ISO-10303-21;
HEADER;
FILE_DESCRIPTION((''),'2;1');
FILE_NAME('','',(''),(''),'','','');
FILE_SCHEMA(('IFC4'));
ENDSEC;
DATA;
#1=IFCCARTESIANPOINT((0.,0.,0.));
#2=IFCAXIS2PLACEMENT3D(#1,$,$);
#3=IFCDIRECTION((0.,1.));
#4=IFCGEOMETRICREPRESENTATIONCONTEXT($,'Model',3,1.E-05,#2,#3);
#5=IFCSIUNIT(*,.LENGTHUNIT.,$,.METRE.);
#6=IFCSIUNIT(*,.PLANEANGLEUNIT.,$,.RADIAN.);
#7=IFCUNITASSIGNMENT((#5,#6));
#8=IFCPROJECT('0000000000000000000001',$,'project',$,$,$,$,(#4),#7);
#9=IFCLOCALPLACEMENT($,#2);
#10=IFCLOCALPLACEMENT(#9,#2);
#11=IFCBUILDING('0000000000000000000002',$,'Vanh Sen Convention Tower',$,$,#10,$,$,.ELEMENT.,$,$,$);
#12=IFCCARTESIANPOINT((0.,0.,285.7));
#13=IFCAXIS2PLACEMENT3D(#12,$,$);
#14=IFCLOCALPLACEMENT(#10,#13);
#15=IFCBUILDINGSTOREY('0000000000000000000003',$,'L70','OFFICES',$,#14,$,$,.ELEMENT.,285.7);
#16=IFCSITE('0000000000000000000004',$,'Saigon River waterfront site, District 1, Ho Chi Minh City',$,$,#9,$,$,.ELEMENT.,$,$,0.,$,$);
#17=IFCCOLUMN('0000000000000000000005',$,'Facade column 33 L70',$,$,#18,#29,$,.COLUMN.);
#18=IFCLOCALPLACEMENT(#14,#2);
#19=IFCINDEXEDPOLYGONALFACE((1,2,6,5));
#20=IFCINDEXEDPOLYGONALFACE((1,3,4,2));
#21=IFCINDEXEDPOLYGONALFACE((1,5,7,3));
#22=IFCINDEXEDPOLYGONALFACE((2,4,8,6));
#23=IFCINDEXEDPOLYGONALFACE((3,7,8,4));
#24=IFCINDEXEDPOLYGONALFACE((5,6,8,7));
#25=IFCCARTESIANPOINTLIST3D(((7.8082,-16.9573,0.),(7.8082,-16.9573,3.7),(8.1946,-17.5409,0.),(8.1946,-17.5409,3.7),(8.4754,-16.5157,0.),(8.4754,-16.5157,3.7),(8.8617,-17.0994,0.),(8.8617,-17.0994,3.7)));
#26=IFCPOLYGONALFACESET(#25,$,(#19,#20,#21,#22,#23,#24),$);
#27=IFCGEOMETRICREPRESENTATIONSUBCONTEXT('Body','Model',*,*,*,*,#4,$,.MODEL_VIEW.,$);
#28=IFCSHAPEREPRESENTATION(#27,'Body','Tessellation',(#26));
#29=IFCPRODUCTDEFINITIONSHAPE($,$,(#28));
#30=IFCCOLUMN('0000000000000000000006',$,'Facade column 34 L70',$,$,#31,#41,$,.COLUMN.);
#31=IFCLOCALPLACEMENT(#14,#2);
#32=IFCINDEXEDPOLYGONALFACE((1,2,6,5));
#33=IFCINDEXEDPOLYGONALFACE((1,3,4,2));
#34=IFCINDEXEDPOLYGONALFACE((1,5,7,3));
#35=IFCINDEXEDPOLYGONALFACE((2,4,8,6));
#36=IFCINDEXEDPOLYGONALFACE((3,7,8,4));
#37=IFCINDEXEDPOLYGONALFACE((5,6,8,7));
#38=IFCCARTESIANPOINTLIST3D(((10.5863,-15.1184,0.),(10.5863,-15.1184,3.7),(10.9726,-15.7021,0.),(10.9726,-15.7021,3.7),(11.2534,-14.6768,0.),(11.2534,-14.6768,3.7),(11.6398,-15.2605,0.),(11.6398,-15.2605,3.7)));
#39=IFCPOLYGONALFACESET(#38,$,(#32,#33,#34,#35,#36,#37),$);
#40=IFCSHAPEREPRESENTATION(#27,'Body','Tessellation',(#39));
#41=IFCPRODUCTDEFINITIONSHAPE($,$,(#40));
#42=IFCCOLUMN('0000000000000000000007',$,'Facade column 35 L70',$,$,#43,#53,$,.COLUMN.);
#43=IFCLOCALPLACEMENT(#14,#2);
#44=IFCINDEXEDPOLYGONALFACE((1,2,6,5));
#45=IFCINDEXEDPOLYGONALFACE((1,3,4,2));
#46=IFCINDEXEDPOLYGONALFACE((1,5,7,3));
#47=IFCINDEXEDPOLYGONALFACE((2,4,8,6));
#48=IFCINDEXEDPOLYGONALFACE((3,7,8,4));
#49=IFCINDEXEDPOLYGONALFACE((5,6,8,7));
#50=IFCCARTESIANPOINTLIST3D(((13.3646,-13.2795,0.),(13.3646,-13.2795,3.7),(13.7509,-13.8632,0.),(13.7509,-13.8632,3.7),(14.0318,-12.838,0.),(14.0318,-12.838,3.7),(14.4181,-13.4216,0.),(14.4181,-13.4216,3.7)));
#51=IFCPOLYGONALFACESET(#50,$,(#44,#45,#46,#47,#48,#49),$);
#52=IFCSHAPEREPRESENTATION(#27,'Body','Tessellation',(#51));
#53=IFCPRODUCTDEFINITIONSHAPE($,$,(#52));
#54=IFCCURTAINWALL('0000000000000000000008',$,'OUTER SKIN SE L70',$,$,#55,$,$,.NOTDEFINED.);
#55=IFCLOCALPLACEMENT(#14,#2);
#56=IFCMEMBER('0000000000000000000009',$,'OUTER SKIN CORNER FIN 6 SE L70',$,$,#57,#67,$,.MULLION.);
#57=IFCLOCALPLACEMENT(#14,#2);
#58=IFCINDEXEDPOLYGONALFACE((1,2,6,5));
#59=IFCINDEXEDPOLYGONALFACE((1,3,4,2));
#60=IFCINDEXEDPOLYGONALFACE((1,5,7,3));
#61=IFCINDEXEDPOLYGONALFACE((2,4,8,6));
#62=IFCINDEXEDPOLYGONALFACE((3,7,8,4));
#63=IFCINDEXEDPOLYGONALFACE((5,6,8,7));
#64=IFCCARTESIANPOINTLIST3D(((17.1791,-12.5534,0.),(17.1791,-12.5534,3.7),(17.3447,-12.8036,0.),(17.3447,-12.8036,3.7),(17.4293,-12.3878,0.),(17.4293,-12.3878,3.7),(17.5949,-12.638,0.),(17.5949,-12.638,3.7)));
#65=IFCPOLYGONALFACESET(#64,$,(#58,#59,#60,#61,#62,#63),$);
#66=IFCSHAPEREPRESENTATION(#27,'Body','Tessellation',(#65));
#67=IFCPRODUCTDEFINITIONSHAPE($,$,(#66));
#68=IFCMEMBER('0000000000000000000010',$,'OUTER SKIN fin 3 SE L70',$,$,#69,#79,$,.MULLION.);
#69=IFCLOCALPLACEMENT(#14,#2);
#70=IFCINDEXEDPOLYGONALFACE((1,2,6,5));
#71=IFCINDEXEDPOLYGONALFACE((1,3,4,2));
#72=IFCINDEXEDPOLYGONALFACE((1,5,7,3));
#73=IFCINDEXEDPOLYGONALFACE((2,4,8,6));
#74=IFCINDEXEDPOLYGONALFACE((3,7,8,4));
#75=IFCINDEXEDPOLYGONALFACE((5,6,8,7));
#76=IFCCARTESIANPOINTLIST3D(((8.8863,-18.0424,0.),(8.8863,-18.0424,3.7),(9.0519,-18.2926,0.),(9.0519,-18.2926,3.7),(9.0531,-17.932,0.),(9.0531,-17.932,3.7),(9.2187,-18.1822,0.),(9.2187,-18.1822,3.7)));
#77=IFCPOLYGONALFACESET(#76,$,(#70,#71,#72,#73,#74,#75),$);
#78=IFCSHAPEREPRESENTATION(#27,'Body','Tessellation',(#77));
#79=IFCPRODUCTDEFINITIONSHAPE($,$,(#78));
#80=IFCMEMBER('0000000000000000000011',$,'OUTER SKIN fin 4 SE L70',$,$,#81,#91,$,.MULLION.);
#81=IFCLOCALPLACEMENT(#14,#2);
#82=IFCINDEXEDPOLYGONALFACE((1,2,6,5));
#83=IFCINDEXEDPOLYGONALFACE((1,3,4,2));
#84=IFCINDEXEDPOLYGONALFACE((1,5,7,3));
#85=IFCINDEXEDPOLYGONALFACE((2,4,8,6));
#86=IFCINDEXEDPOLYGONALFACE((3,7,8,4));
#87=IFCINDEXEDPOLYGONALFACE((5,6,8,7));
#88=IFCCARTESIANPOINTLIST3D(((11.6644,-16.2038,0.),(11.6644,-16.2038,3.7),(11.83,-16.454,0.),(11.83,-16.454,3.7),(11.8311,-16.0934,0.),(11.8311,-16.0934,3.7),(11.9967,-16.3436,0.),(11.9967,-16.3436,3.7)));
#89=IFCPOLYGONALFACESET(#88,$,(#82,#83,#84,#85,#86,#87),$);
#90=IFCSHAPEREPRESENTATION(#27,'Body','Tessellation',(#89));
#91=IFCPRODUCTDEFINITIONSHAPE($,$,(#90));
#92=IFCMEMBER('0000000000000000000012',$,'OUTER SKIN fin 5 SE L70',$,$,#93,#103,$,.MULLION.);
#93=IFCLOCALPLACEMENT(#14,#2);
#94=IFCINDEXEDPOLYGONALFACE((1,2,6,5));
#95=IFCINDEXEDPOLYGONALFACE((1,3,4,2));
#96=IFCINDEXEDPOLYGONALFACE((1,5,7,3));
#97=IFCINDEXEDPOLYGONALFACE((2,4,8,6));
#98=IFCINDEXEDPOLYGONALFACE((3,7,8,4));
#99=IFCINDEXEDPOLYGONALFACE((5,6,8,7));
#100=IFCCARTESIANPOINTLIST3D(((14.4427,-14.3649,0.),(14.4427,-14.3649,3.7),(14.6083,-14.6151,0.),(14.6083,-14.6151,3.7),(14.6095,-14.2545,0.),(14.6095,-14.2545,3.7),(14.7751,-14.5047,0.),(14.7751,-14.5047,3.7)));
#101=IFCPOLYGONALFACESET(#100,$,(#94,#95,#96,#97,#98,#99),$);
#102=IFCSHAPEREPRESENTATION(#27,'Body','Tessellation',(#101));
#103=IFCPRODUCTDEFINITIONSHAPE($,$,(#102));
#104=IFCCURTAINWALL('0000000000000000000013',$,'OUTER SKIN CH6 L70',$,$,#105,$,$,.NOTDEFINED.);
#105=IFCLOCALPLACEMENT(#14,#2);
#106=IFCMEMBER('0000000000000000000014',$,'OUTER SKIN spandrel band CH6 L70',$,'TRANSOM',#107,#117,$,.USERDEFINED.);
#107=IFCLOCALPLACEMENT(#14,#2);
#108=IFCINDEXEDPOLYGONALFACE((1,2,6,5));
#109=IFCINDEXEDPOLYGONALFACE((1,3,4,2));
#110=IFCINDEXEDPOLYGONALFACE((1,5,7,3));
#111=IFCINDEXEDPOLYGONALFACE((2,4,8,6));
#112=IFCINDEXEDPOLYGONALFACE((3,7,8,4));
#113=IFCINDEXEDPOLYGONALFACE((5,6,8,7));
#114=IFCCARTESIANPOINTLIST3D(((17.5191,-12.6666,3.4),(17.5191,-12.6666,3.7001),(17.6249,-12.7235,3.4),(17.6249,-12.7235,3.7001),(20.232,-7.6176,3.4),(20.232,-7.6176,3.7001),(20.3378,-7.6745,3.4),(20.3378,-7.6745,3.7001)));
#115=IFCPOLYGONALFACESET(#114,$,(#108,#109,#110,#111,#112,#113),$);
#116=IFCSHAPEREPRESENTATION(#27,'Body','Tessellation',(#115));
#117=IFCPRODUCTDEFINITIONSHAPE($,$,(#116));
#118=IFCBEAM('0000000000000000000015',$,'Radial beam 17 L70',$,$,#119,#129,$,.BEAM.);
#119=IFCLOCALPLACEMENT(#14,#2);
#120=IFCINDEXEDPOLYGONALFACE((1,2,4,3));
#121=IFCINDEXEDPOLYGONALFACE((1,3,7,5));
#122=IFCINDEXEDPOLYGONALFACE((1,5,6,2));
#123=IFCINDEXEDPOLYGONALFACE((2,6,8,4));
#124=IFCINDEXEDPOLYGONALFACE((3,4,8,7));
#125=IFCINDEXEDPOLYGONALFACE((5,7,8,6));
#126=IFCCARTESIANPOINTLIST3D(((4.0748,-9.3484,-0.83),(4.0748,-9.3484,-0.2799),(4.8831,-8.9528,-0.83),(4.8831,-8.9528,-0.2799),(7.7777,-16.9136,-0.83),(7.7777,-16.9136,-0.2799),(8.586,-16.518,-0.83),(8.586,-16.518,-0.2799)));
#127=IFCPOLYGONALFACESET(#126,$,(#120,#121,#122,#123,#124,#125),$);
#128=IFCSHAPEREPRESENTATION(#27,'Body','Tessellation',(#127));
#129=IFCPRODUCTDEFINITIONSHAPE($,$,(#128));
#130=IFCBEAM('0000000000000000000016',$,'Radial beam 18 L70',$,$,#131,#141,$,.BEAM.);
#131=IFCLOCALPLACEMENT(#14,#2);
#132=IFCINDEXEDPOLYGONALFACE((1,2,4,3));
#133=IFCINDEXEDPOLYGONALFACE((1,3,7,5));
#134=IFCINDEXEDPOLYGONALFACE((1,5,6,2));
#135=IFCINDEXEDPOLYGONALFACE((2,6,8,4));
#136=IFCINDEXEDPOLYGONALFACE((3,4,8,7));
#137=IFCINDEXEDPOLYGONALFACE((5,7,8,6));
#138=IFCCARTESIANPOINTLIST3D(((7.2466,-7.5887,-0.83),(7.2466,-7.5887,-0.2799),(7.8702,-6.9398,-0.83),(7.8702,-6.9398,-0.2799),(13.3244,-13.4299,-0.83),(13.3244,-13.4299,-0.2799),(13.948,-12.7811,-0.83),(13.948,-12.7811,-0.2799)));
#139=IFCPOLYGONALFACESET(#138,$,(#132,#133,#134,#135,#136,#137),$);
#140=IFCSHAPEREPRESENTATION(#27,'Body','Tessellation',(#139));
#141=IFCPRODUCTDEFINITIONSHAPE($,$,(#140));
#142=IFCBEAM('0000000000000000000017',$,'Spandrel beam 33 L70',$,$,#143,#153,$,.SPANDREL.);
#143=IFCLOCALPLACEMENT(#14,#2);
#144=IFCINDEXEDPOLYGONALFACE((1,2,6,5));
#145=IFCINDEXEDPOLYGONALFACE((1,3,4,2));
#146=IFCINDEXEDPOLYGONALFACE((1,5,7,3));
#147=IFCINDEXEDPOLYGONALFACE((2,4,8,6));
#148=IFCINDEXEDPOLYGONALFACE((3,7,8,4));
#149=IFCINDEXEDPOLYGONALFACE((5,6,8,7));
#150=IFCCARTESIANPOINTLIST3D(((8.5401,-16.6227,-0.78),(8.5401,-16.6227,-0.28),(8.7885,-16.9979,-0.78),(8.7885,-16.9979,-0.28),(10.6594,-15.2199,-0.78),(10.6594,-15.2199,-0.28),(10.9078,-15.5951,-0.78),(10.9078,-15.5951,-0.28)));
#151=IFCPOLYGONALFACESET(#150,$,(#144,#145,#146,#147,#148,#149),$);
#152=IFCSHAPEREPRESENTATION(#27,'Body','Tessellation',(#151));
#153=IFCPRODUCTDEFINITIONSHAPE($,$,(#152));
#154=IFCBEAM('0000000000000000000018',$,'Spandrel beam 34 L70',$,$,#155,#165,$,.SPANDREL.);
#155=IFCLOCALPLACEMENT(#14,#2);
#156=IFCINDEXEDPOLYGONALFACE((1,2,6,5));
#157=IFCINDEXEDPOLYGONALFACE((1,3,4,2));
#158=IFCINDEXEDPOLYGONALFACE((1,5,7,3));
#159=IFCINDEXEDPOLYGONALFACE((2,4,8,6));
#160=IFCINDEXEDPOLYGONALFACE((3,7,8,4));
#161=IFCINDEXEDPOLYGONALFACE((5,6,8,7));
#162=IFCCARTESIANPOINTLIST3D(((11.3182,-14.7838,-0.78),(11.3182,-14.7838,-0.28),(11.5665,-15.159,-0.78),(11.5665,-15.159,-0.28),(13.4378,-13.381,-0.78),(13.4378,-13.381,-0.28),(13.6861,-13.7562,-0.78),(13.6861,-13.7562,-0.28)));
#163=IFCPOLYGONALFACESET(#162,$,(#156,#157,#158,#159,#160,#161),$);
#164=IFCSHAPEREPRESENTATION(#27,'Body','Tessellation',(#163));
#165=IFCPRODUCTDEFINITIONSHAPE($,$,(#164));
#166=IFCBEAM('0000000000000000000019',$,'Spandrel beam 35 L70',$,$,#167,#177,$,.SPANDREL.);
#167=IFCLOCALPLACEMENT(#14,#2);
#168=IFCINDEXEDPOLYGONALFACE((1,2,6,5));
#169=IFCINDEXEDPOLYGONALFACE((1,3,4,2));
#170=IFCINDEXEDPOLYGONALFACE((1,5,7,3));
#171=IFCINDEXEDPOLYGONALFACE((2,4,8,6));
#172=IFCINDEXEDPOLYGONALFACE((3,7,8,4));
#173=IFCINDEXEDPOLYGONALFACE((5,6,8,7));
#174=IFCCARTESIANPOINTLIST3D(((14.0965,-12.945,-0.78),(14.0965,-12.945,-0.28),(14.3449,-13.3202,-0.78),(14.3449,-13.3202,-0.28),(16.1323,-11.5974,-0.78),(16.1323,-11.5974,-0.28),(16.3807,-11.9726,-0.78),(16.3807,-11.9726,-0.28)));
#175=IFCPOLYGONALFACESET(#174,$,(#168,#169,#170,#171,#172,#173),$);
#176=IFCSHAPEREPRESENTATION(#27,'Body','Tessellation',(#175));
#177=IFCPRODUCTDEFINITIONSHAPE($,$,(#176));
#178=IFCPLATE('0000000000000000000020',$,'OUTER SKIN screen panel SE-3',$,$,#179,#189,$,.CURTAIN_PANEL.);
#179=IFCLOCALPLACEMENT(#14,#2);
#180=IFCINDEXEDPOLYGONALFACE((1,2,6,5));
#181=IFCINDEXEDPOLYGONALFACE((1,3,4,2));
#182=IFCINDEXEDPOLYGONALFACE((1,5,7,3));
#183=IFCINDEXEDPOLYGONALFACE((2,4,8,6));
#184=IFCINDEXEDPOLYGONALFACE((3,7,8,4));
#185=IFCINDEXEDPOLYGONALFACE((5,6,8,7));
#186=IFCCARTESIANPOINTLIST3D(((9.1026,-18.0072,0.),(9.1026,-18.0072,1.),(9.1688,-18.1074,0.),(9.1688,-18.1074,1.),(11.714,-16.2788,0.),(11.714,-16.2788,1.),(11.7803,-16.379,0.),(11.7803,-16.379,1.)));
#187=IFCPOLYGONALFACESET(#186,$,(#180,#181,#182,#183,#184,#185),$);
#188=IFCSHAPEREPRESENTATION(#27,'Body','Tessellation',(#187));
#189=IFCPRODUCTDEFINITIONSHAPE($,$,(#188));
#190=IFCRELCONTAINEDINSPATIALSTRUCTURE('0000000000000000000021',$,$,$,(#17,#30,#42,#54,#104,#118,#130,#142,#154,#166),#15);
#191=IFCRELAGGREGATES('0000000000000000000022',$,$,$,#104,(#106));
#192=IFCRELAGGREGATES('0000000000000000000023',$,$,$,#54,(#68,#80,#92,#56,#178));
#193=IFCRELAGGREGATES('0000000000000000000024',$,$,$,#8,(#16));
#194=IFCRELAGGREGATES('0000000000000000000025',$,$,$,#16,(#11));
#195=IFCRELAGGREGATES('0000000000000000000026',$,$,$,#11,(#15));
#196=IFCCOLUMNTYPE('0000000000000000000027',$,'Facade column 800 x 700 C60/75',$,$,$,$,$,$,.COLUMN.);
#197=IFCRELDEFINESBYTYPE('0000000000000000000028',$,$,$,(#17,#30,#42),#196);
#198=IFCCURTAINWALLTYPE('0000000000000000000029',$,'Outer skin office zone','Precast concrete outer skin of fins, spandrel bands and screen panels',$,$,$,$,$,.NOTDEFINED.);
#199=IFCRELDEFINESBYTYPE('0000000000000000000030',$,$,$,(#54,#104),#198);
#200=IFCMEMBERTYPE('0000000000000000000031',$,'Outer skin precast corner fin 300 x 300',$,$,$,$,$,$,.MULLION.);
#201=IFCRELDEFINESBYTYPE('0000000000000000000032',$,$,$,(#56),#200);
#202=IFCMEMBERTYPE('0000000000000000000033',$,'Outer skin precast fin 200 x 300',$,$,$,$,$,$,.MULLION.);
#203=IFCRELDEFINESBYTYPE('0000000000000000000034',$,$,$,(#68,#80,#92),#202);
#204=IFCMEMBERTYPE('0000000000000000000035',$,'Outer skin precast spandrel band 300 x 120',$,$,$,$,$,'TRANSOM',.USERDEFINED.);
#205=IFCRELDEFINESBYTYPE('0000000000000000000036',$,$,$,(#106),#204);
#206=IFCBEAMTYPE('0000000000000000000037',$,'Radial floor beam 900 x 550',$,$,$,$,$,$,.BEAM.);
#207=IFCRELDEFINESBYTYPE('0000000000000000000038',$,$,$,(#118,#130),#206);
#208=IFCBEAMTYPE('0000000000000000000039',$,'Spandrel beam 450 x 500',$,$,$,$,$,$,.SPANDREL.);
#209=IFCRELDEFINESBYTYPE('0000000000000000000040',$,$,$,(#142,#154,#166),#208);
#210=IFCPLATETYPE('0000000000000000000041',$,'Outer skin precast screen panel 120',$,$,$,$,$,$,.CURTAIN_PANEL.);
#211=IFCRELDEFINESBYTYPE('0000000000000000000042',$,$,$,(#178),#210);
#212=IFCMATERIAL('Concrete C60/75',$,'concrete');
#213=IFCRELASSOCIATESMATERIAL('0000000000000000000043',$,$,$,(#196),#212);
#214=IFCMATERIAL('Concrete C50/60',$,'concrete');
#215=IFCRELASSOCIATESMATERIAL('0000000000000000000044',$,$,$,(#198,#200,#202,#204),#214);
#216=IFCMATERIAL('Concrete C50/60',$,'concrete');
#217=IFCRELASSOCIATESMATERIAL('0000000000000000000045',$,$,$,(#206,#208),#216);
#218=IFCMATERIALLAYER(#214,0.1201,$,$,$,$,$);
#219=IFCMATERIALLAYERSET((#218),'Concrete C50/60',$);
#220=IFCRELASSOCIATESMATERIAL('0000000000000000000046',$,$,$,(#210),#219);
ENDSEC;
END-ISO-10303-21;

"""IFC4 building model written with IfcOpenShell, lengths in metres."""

from ifc_helpers import new_model, si_unit, direction, frame, origin, origin_2d, place, context, subcontext, project, spatial, rectangle, extrude, material, layer, layer_set, material_profile, profile_set, type_object, element, aggregate, save


model = new_model("IFC4")

# Units and contexts
model_context = context("Model", 3, precision=1e-05, world=origin(), true_north=direction((0.0, 1.0)))
body_context = subcontext(model_context, "Body", "Model", "MODEL_VIEW")
ifc_project = project(units=[si_unit("LENGTHUNIT", "METRE"), si_unit("PLANEANGLEUNIT", "RADIAN")], contexts=[model_context])

# Site, building, storey
site_placement = place(None, origin())
site = spatial("IfcSite", under=ifc_project, at=site_placement, Name="Saigon River waterfront site, District 1, Ho Chi Minh City", CompositionType="ELEMENT", RefElevation=0.0)
building_placement = place(site_placement, origin())
building = spatial("IfcBuilding", under=site, at=building_placement, Name="Vanh Sen Convention Tower", CompositionType="ELEMENT")
storey_placement = place(building_placement, frame((0.0, 0.0, 285.7)))
storey = spatial("IfcBuildingStorey", under=building, at=storey_placement, Name="L70", Description="OFFICES", CompositionType="ELEMENT", Elevation=285.7)

# Columns
ifc_material_1 = material(Name="Concrete C60/75", Category="concrete")
ifc_material_profile_1 = material_profile(ifc_material_1, rectangle(XDim=0.8, YDim=0.7, at=origin_2d()), Name="RC 800X700")
ifc_profile_set_1 = profile_set([ifc_material_profile_1], Name="Concrete C60/75")
column_type = type_object("IfcColumnType", Name="Facade column 800 x 700 C60/75", PredefinedType="COLUMN", material=ifc_profile_set_1)
for number, where, z_axis, x_axis, name in (
    (1, (8.335, -17.0283, 0.0), (0.0, 0.0, 1.0), (0.833886, 0.551937, 0.0), "Facade column 33 L70"),
    (2, (11.113, -15.1895, 0.0), (0.0, 0.0, 1.0), (0.833886, 0.551937, 0.0), "Facade column 34 L70"),
    (3, (13.8914, -13.3506, 0.0), (0.0, 0.0, 1.0), (0.833886, 0.551937, 0.0), "Facade column 35 L70"),
):
    element("IfcColumn", number, at=place(storey_placement, frame(where, z_axis=z_axis, x_axis=x_axis)), inside=storey, type_object=column_type, Name=name, PredefinedType="COLUMN", context=body_context, shape_type="SweptSolid", body=[
        extrude(rectangle(XDim=0.8, YDim=0.7, at=origin_2d()), origin(), (0.0, 0.0, 1.0), 3.7),
    ])

# Curtain wall, members
ifc_material_2 = material(Name="Concrete C50/60", Category="concrete")
curtain_wall_type = type_object("IfcCurtainWallType", Name="Outer skin office zone", Description="Precast concrete outer skin of fins, spandrel bands and screen panels", PredefinedType="NOTDEFINED", material=ifc_material_2)
curtain_wall_1_placement = place(storey_placement, origin())
curtain_wall_1 = element("IfcCurtainWall", 4, at=curtain_wall_1_placement, inside=storey, type_object=curtain_wall_type, Name="OUTER SKIN SE L70", PredefinedType="NOTDEFINED")
ifc_material_profile_2 = material_profile(ifc_material_2, rectangle(XDim=0.3, YDim=0.3, at=origin_2d()), Name="Outer skin precast corner fin 300 x 300")
ifc_profile_set_2 = profile_set([ifc_material_profile_2], Name="Concrete C50/60")
member_type_1 = type_object("IfcMemberType", Name="Outer skin precast corner fin 300 x 300", PredefinedType="MULLION", material=ifc_profile_set_2)
member_1_placement = place(storey_placement, frame((17.387, -12.5957, 0.0), z_axis=(0.0, 0.0, 1.0), x_axis=(0.833886, 0.551937, 0.0)))
member_1 = element("IfcMember", 5, at=member_1_placement, type_object=member_type_1, Name="OUTER SKIN CORNER FIN 6 SE L70", PredefinedType="MULLION", context=body_context, shape_type="SweptSolid", body=[
    extrude(rectangle(XDim=0.3, YDim=0.3, at=origin_2d()), origin(), (0.0, 0.0, 1.0), 3.7),
])
ifc_material_profile_3 = material_profile(ifc_material_2, rectangle(XDim=0.2, YDim=0.3, at=origin_2d()), Name="Outer skin precast fin 200 x 300")
ifc_profile_set_3 = profile_set([ifc_material_profile_3], Name="Concrete C50/60")
member_type_2 = type_object("IfcMemberType", Name="Outer skin precast fin 200 x 300", PredefinedType="MULLION", material=ifc_profile_set_3)
member_2_placement = place(storey_placement, frame((9.0525, -18.1123, 0.0), z_axis=(0.0, 0.0, 1.0), x_axis=(0.833886, 0.551937, 0.0)))
member_2 = element("IfcMember", 6, at=member_2_placement, type_object=member_type_2, Name="OUTER SKIN fin 3 SE L70", PredefinedType="MULLION", context=body_context, shape_type="SweptSolid", body=[
    extrude(rectangle(XDim=0.2, YDim=0.3, at=origin_2d()), origin(), (0.0, 0.0, 1.0), 3.7),
])
member_3_placement = place(storey_placement, frame((11.8306, -16.2737, 0.0), z_axis=(0.0, 0.0, 1.0), x_axis=(0.833886, 0.551937, 0.0)))
member_3 = element("IfcMember", 7, at=member_3_placement, type_object=member_type_2, Name="OUTER SKIN fin 4 SE L70", PredefinedType="MULLION", context=body_context, shape_type="SweptSolid", body=[
    extrude(rectangle(XDim=0.2, YDim=0.3, at=origin_2d()), origin(), (0.0, 0.0, 1.0), 3.7),
])
member_4_placement = place(storey_placement, frame((14.6089, -14.4348, 0.0), z_axis=(0.0, 0.0, 1.0), x_axis=(0.833886, 0.551937, 0.0)))
member_4 = element("IfcMember", 8, at=member_4_placement, type_object=member_type_2, Name="OUTER SKIN fin 5 SE L70", PredefinedType="MULLION", context=body_context, shape_type="SweptSolid", body=[
    extrude(rectangle(XDim=0.2, YDim=0.3, at=origin_2d()), origin(), (0.0, 0.0, 1.0), 3.7),
])

# Curtain wall, member
curtain_wall_2_placement = place(storey_placement, origin())
curtain_wall_2 = element("IfcCurtainWall", 9, at=curtain_wall_2_placement, inside=storey, type_object=curtain_wall_type, Name="OUTER SKIN CH6 L70", PredefinedType="NOTDEFINED")
ifc_material_profile_4 = material_profile(ifc_material_2, rectangle(XDim=0.1201, YDim=0.3, at=origin_2d()), Name="Outer skin precast spandrel band 300 x 120")
ifc_profile_set_4 = profile_set([ifc_material_profile_4], Name="Concrete C50/60")
member_type_3 = type_object("IfcMemberType", Name="Outer skin precast spandrel band 300 x 120", ElementType="TRANSOM", PredefinedType="USERDEFINED", material=ifc_profile_set_4)
member_5_placement = place(storey_placement, frame((17.572, -12.6951, 3.55), z_axis=(0.47331, 0.880896, 0.0), x_axis=(-0.880896, 0.47331, 0.0)))
member_5 = element("IfcMember", 10, at=member_5_placement, type_object=member_type_3, Name="OUTER SKIN spandrel band CH6 L70", ObjectType="TRANSOM", PredefinedType="USERDEFINED", context=body_context, shape_type="SweptSolid", body=[
    extrude(rectangle(XDim=0.1201, YDim=0.3, at=origin_2d()), origin(), (0.0, 0.0, 1.0), 5.7317),
])
aggregate(curtain_wall_2, [member_5])

# Beams
ifc_material_3 = material(Name="Concrete C50/60", Category="concrete")
ifc_material_profile_5 = material_profile(ifc_material_3, rectangle(XDim=0.8999, YDim=0.55, at=origin_2d()), Name="RC 900X550")
ifc_profile_set_5 = profile_set([ifc_material_profile_5], Name="Concrete C50/60")
beam_type_1 = type_object("IfcBeamType", Name="Radial floor beam 900 x 550", PredefinedType="BEAM", material=ifc_profile_set_5)
beam_1_placement = place(storey_placement, frame((8.1819, -16.7158, -0.5549), z_axis=(-0.439627, 0.898181, 0.0), x_axis=(-0.898181, -0.439627, 0.0)))
element("IfcBeam", 11, at=beam_1_placement, inside=storey, type_object=beam_type_1, Name="Radial beam 17 L70", PredefinedType="BEAM", context=body_context, shape_type="SweptSolid", body=[
    extrude(rectangle(XDim=0.8999, YDim=0.55, at=origin_2d()), origin(), (0.0, 0.0, 1.0), 8.4229),
])
beam_2_placement = place(storey_placement, frame((13.6362, -13.1055, -0.5549), z_axis=(-0.720999, 0.692936, 0.0), x_axis=(-0.692936, -0.720999, 0.0)))
element("IfcBeam", 12, at=beam_2_placement, inside=storey, type_object=beam_type_1, Name="Radial beam 18 L70", PredefinedType="BEAM", context=body_context, shape_type="SweptSolid", body=[
    extrude(rectangle(XDim=0.8999, YDim=0.55, at=origin_2d()), origin(), (0.0, 0.0, 1.0), 8.4297),
])
ifc_material_profile_6 = material_profile(ifc_material_3, rectangle(XDim=0.45, YDim=0.5, at=origin_2d()), Name="RC 450X500")
ifc_profile_set_6 = profile_set([ifc_material_profile_6], Name="Concrete C50/60")
beam_type_2 = type_object("IfcBeamType", Name="Spandrel beam 450 x 500", PredefinedType="SPANDREL", material=ifc_profile_set_6)
beam_3_placement = place(storey_placement, frame((8.6643, -16.8103, -0.53), z_axis=(0.833878, 0.551948, 0.0), x_axis=(-0.551948, 0.833878, 0.0)))
element("IfcBeam", 13, at=beam_3_placement, inside=storey, type_object=beam_type_2, Name="Spandrel beam 33 L70", PredefinedType="SPANDREL", context=body_context, shape_type="SweptSolid", body=[
    extrude(rectangle(XDim=0.45, YDim=0.5, at=origin_2d()), origin(), (0.0, 0.0, 1.0), 2.5415),
])
beam_4_placement = place(storey_placement, frame((11.4424, -14.9714, -0.53), z_axis=(0.833908, 0.551904, 0.0), x_axis=(-0.551904, 0.833908, 0.0)))
element("IfcBeam", 14, at=beam_4_placement, inside=storey, type_object=beam_type_2, Name="Spandrel beam 34 L70", PredefinedType="SPANDREL", context=body_context, shape_type="SweptSolid", body=[
    extrude(rectangle(XDim=0.45, YDim=0.5, at=origin_2d()), origin(), (0.0, 0.0, 1.0), 2.5417),
])
beam_5_placement = place(storey_placement, frame((14.2207, -13.1326, -0.53), z_axis=(0.833861, 0.551974, 0.0), x_axis=(-0.551974, 0.833861, 0.0)))
element("IfcBeam", 15, at=beam_5_placement, inside=storey, type_object=beam_type_2, Name="Spandrel beam 35 L70", PredefinedType="SPANDREL", context=body_context, shape_type="SweptSolid", body=[
    extrude(rectangle(XDim=0.45, YDim=0.5, at=origin_2d()), origin(), (0.0, 0.0, 1.0), 2.4414),
])

# Plate
ifc_layer_1 = layer(ifc_material_2, 0.1201)
ifc_layer_set_1 = layer_set([ifc_layer_1], Name="Concrete C50/60")
plate_type = type_object("IfcPlateType", Name="Outer skin precast screen panel 120", PredefinedType="CURTAIN_PANEL", material=ifc_layer_set_1)
plate_1_placement = place(storey_placement, frame((10.4414, -17.1931, 0.0), z_axis=(0.0, 0.0, 1.0), x_axis=(0.833893, 0.551927, 0.0)))
plate_1 = element("IfcPlate", 16, at=plate_1_placement, type_object=plate_type, Name="OUTER SKIN screen panel SE-3", PredefinedType="CURTAIN_PANEL", context=body_context, shape_type="SweptSolid", body=[
    extrude(rectangle(XDim=3.1316, YDim=0.1201, at=origin_2d()), origin(), (0.0, 0.0, 1.0), 1.0),
])
aggregate(curtain_wall_1, [member_2, member_3, member_4, member_1, plate_1])

save(model, "model.ifc")
